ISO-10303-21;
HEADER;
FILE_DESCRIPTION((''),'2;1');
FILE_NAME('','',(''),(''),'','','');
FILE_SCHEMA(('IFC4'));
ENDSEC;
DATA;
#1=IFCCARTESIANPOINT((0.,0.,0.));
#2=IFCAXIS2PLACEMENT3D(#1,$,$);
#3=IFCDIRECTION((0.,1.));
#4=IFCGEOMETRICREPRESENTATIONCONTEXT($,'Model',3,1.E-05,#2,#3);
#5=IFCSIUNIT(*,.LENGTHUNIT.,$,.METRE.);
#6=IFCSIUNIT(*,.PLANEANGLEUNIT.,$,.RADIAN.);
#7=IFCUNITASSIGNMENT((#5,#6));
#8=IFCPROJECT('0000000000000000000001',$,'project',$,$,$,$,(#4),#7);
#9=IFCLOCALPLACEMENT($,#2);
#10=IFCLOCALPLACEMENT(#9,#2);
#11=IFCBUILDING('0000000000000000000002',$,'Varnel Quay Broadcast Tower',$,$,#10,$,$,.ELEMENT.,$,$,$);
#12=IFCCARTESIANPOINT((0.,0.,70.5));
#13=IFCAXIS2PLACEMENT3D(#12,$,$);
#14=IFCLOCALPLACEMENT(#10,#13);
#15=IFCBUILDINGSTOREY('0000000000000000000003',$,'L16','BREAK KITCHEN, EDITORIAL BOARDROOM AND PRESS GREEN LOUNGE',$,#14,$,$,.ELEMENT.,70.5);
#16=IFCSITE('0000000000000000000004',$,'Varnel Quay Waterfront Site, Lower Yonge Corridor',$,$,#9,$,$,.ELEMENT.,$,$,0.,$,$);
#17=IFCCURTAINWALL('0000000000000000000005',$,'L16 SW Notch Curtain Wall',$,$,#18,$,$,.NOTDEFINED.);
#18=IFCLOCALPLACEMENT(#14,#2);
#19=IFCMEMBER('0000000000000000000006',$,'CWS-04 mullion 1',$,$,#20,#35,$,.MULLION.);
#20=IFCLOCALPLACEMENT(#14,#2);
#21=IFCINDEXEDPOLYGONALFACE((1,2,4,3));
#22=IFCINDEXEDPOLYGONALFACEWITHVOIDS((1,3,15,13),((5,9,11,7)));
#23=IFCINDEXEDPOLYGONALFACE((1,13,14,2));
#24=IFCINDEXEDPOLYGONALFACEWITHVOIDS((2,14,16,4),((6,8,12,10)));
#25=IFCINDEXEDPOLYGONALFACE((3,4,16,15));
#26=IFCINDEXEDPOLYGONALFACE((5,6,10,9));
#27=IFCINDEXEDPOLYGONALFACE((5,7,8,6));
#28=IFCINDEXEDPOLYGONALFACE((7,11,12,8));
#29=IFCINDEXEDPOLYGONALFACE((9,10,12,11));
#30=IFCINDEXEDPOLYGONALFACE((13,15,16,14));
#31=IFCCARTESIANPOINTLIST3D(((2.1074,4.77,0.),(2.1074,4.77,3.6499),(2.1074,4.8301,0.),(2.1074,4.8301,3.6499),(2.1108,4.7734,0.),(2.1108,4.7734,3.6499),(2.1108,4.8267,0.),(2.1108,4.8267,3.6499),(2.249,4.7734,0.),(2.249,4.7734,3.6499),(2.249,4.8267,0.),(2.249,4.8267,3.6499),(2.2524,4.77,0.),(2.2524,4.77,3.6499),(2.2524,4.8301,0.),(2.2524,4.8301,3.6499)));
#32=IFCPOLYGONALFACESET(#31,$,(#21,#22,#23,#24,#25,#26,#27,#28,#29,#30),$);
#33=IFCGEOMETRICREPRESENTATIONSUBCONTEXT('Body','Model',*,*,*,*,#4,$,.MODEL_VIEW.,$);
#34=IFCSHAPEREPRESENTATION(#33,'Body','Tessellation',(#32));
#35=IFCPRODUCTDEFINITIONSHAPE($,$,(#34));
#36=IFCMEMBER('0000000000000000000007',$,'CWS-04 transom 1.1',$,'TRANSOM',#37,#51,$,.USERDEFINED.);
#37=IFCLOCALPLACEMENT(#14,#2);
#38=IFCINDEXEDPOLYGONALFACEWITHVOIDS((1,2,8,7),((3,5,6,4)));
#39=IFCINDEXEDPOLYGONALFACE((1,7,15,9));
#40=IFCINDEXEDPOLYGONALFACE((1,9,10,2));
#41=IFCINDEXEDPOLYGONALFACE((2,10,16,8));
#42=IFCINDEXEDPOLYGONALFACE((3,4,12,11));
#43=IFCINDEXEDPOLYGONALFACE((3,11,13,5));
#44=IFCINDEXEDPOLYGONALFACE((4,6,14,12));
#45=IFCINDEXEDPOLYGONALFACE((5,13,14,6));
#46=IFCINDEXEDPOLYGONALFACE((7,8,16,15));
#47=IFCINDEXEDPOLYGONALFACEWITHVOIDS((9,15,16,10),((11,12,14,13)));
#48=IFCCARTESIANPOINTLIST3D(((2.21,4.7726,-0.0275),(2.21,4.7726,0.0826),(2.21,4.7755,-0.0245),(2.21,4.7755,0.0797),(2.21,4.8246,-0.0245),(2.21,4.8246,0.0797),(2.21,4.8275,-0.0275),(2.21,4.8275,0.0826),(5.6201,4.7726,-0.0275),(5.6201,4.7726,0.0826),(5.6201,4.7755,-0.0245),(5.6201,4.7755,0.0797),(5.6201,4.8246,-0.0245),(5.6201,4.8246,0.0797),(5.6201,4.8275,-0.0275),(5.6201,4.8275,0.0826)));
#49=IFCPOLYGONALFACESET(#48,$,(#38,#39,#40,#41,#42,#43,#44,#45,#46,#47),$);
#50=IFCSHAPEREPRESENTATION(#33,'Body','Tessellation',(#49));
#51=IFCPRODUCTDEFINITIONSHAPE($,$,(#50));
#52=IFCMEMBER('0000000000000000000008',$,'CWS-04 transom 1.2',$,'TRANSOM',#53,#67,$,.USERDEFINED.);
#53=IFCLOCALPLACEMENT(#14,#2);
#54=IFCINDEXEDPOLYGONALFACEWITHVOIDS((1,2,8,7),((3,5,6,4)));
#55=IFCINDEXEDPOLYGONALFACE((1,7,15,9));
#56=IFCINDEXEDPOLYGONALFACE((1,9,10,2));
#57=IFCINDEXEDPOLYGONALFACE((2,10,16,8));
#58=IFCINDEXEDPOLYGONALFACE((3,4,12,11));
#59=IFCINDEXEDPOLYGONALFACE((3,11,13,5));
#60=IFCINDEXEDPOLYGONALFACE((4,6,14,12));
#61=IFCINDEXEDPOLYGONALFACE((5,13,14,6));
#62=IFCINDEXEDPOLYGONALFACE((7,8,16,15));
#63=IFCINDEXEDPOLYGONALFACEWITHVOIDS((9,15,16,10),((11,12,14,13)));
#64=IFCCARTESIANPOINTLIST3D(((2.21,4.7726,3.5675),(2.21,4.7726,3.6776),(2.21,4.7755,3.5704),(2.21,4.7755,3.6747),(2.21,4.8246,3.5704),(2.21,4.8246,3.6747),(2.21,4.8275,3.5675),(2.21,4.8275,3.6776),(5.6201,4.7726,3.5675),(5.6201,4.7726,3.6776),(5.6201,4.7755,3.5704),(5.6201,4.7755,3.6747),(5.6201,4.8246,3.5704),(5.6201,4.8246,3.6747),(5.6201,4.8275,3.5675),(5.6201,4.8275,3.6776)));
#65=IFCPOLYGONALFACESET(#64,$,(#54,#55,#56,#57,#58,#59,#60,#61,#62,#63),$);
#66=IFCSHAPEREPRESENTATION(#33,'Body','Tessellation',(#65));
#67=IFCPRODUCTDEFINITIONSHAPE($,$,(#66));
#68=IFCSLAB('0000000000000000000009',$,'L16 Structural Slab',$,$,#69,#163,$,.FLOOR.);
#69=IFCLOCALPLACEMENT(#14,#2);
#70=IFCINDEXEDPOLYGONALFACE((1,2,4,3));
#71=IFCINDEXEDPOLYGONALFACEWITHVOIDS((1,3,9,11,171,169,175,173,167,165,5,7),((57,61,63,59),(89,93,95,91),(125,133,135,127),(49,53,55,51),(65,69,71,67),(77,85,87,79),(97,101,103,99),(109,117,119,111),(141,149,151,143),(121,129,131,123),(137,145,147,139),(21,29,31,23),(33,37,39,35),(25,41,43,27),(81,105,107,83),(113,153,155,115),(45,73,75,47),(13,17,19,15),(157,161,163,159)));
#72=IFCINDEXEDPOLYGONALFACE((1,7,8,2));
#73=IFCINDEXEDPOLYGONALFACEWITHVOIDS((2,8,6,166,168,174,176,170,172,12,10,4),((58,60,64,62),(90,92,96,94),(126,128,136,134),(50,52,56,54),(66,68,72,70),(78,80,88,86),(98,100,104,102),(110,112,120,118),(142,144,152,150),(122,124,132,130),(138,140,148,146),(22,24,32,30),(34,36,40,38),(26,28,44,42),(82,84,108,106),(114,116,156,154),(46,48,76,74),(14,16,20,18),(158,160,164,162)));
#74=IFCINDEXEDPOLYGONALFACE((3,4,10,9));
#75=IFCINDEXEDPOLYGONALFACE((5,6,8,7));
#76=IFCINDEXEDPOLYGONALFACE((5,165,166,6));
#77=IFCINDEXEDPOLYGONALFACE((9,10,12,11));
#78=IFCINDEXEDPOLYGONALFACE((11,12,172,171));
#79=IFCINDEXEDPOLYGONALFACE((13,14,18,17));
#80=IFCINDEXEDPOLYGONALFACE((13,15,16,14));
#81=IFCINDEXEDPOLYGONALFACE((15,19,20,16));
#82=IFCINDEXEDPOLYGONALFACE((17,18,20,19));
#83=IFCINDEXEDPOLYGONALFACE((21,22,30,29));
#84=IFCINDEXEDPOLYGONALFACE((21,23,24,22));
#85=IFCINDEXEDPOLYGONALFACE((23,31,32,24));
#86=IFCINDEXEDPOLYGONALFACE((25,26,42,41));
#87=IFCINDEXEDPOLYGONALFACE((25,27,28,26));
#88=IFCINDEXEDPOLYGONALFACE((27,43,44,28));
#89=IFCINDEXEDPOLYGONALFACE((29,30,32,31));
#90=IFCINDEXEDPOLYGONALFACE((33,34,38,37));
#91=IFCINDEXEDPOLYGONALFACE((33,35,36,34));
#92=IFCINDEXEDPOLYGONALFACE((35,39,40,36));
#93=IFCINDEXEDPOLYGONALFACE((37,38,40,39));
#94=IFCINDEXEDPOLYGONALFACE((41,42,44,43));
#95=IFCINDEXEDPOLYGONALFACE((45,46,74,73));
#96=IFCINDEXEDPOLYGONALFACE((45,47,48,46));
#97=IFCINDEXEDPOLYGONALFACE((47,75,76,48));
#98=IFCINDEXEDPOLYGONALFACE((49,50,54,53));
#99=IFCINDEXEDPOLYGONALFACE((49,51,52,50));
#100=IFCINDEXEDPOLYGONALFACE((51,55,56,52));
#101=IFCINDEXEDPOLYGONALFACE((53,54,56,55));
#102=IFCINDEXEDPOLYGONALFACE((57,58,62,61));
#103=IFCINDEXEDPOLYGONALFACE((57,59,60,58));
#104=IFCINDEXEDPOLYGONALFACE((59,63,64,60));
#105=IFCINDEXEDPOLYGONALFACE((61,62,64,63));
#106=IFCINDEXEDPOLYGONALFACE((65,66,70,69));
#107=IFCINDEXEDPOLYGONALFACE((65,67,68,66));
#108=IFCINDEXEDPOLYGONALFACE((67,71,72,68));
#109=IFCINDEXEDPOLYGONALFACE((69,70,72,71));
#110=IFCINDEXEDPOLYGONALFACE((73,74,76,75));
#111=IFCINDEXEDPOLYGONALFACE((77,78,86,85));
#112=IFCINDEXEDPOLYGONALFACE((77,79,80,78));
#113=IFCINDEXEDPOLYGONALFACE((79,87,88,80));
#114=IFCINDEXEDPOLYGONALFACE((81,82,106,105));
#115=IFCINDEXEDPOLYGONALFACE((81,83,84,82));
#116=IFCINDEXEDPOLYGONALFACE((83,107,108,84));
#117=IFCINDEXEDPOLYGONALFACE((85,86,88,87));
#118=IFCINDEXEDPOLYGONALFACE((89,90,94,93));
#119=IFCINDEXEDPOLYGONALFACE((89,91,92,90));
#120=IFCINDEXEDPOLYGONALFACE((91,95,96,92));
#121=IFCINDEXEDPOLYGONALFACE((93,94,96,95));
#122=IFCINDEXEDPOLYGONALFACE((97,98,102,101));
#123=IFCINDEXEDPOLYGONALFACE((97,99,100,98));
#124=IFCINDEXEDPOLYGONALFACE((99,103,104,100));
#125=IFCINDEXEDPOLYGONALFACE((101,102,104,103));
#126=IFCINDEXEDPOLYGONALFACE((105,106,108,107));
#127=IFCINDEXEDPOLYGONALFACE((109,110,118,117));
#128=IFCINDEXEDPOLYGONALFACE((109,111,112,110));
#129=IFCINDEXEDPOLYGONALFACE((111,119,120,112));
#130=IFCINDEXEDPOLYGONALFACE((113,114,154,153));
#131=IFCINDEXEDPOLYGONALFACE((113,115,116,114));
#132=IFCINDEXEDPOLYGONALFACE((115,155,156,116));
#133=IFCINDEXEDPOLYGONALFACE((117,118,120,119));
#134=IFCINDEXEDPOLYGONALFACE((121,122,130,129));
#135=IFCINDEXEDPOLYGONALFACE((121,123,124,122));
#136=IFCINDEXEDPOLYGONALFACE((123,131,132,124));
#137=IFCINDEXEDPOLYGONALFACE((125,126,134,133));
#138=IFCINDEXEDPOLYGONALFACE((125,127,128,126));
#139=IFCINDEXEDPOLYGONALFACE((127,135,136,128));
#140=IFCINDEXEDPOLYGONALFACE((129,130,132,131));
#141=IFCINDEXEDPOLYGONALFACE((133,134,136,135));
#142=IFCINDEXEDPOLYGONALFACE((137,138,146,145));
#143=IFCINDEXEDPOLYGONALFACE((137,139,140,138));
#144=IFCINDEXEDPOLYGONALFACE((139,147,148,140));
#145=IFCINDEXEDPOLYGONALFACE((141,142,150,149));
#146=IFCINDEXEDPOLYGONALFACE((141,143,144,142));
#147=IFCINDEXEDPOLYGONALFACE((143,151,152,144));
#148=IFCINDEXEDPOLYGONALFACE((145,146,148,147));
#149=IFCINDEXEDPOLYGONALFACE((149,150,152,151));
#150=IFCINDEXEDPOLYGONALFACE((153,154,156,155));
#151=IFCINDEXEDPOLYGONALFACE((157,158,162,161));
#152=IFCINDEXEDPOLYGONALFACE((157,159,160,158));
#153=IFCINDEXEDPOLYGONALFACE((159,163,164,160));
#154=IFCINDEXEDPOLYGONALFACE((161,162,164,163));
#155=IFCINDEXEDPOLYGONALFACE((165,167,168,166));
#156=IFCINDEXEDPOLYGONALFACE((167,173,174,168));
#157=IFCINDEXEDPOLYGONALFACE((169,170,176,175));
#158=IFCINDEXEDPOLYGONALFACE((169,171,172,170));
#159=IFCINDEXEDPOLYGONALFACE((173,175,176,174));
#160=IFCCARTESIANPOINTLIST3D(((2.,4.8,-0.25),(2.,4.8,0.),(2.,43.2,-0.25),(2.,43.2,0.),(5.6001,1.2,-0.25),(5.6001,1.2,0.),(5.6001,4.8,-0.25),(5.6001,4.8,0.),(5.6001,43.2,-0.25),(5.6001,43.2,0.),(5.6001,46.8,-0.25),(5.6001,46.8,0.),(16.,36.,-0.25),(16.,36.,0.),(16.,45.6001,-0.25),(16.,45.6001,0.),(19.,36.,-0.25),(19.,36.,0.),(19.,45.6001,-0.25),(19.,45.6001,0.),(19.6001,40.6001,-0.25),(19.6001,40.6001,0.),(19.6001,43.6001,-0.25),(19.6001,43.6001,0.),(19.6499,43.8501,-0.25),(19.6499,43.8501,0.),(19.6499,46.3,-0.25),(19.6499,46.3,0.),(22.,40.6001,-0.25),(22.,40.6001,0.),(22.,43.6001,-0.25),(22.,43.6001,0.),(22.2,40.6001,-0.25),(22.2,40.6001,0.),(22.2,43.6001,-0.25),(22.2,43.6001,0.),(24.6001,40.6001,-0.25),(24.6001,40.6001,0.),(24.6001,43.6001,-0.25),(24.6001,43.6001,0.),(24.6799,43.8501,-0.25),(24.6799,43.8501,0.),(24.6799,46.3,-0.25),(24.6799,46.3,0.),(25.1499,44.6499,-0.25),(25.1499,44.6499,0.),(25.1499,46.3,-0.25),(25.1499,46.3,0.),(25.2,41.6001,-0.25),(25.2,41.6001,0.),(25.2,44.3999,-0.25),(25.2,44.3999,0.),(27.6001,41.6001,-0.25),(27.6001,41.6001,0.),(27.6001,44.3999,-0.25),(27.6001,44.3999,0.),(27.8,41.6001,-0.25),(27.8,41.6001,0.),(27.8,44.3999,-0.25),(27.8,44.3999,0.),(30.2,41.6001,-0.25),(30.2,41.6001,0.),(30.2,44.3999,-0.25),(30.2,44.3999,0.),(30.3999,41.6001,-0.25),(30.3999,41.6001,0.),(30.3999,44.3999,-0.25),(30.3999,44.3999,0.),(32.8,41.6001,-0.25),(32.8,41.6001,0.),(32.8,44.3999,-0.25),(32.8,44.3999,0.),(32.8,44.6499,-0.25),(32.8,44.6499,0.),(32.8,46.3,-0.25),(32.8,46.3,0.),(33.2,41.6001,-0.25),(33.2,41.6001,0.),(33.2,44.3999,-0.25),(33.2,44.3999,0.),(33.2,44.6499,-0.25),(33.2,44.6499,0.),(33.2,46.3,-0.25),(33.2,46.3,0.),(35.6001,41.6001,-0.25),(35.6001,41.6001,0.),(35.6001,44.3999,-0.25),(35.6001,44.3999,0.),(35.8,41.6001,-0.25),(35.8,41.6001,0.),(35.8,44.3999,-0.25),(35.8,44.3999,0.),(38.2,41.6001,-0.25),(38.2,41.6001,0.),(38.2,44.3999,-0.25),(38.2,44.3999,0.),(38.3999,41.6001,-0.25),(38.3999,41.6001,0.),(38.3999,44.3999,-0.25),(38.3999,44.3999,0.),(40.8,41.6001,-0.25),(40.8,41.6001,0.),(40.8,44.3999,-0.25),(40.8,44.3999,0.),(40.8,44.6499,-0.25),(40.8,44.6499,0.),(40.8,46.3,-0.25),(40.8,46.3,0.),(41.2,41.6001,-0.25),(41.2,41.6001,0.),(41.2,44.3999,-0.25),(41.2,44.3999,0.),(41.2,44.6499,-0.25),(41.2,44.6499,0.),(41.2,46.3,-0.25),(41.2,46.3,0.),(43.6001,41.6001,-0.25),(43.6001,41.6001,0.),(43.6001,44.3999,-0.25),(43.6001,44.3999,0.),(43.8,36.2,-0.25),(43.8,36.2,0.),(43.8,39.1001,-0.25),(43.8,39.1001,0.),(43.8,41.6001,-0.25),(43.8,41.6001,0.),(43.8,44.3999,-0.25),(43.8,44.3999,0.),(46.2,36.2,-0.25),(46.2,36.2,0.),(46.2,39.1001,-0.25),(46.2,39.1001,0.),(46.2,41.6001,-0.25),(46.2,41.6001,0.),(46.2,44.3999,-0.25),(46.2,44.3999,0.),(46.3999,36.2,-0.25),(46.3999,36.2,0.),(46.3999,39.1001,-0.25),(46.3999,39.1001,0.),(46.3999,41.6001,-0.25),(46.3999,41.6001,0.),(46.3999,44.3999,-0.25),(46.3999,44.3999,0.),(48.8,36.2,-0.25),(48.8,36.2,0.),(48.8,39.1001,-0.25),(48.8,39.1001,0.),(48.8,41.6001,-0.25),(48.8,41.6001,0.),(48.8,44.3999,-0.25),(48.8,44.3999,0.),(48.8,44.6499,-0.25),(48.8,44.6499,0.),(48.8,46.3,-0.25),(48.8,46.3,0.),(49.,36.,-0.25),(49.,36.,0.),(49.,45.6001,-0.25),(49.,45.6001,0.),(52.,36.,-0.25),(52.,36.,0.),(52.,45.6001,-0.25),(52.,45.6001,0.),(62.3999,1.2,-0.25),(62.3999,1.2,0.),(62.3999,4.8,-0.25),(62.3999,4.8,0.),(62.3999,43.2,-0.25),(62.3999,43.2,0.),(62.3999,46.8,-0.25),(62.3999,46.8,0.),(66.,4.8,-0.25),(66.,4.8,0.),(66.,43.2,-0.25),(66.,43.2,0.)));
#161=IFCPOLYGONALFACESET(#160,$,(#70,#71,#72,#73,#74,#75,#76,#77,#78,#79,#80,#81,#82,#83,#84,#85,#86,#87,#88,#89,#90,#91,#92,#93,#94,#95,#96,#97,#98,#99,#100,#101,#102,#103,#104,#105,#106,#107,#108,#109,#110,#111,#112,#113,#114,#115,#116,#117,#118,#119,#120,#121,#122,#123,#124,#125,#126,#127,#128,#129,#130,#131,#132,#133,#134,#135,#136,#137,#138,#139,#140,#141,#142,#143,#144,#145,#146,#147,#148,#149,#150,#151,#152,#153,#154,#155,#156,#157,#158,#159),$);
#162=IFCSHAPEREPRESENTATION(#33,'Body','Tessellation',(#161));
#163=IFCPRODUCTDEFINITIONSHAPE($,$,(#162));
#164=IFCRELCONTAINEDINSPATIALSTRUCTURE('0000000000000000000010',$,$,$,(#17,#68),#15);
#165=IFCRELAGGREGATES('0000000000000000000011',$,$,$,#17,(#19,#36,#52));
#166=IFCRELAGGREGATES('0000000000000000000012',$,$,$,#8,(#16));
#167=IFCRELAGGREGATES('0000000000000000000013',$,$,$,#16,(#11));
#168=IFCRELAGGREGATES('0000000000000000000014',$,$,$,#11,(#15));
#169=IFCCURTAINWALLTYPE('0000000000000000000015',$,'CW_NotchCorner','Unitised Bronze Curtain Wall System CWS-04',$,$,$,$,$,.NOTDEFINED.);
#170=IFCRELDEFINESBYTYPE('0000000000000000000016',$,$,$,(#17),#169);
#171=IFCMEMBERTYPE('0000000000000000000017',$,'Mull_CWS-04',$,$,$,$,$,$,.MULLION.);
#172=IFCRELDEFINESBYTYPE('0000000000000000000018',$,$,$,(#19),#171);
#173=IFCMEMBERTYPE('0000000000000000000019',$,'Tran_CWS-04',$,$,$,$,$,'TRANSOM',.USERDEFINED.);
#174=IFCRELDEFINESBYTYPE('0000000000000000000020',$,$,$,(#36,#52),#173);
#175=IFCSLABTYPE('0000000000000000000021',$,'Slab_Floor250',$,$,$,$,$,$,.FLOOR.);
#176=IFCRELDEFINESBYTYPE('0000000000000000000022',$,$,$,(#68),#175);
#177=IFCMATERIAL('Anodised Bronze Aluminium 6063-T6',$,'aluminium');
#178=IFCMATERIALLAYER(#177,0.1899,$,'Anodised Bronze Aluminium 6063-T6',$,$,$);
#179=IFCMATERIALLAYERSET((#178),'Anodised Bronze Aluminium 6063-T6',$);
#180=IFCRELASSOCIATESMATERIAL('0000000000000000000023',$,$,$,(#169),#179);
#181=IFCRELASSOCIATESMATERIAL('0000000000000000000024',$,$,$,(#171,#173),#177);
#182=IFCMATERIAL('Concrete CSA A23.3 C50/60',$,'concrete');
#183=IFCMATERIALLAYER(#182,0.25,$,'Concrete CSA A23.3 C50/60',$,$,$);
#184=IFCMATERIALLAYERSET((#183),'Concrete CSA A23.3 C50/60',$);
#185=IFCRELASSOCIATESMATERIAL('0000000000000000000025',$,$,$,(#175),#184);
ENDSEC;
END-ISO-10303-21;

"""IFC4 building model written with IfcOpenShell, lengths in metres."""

from ifc_helpers import new_model, si_unit, direction, frame, origin, origin_2d, place, context, subcontext, project, spatial, polyline, hollow_rectangle, outline, extrude, source, transform, mapped, material, layer, layer_set, material_profile, profile_set, type_object, type_shapes, element, aggregate, save


model = new_model("IFC4")

# Units and contexts
model_context = context("Model", 3, precision=1e-05, world=origin(), true_north=direction((0.0, 1.0)))
body_context = subcontext(model_context, "Body", "Model", "MODEL_VIEW")
ifc_project = project(units=[si_unit("LENGTHUNIT", "METRE"), si_unit("PLANEANGLEUNIT", "RADIAN")], contexts=[model_context])

# Site, building, storey
site_placement = place(None, origin())
site = spatial("IfcSite", under=ifc_project, at=site_placement, Name="Varnel Quay Waterfront Site, Lower Yonge Corridor", CompositionType="ELEMENT", RefElevation=0.0)
building_placement = place(site_placement, origin())
building = spatial("IfcBuilding", under=site, at=building_placement, Name="Varnel Quay Broadcast Tower", CompositionType="ELEMENT")
storey_placement = place(building_placement, frame((0.0, 0.0, 70.5)))
storey = spatial("IfcBuildingStorey", under=building, at=storey_placement, Name="L16", Description="BREAK KITCHEN, EDITORIAL BOARDROOM AND PRESS GREEN LOUNGE", CompositionType="ELEMENT", Elevation=70.5)

# Curtain wall, members
ifc_material_1 = material(Name="Anodised Bronze Aluminium 6063-T6", Category="aluminium")
ifc_layer_1 = layer(ifc_material_1, 0.1899, Name="Anodised Bronze Aluminium 6063-T6")
ifc_layer_set_1 = layer_set([ifc_layer_1], Name="Anodised Bronze Aluminium 6063-T6")
curtain_wall_type_1 = type_object("IfcCurtainWallType", Name="CW_NotchCorner", Description="Unitised Bronze Curtain Wall System CWS-04", PredefinedType="NOTDEFINED", material=ifc_layer_set_1)
curtain_wall_1_placement = place(storey_placement, origin())
curtain_wall_1 = element("IfcCurtainWall", 1, at=curtain_wall_1_placement, inside=storey, type_object=curtain_wall_type_1, Name="L16 SW Notch Curtain Wall", PredefinedType="NOTDEFINED")
ifc_material_profile_1 = material_profile(ifc_material_1, hollow_rectangle(XDim=0.0601, YDim=0.145, WallThickness=0.0034, at=origin_2d()), Name="ALU60X145X3.5")
ifc_profile_set_1 = profile_set([ifc_material_profile_1], Name="Anodised Bronze Aluminium 6063-T6")
member_type_1 = type_object("IfcMemberType", Name="Mull_CWS-04", PredefinedType="MULLION", material=ifc_profile_set_1)
shared_shape_1 = source(origin(), body_context, "Body", "SweptSolid", [
    extrude(hollow_rectangle(XDim=0.0601, YDim=0.145, WallThickness=0.0034, at=origin_2d()), origin(), (0.0, 0.0, 1.0), 3.6499),
])
type_shapes(member_type_1, [shared_shape_1])
member_1_placement = place(storey_placement, frame((2.1799, 4.8, 0.0), z_axis=(0.0, 0.0, 1.0), x_axis=(0.0, 1.0, 0.0)))
member_1 = element("IfcMember", 2, at=member_1_placement, type_object=member_type_1, Name="CWS-04 mullion 1", PredefinedType="MULLION", context=body_context, shape_type="MappedRepresentation", body=[
    mapped(shared_shape_1, transform((0.0, 0.0, 0.0), x_axis=(1.0, 0.0, 0.0), y_axis=(0.0, 1.0, 0.0), z_axis=(0.0, 0.0, 1.0), scale=1.0)),
])
ifc_material_profile_2 = material_profile(ifc_material_1, hollow_rectangle(XDim=0.0549, YDim=0.1101, WallThickness=0.0029, at=origin_2d()), Name="ALU55X110X3")
ifc_profile_set_2 = profile_set([ifc_material_profile_2], Name="Anodised Bronze Aluminium 6063-T6")
member_type_2 = type_object("IfcMemberType", Name="Tran_CWS-04", ElementType="TRANSOM", PredefinedType="USERDEFINED", material=ifc_profile_set_2)
shared_shape_2 = source(origin(), body_context, "Body", "SweptSolid", [
    extrude(hollow_rectangle(XDim=0.0549, YDim=0.1101, WallThickness=0.0029, at=origin_2d()), origin(), (0.0, 0.0, 1.0), 3.4102),
])
type_shapes(member_type_2, [shared_shape_2])
member_2_placement = place(storey_placement, frame((2.21, 4.8, 0.0276), z_axis=(1.0, 0.0, 0.0), x_axis=(0.0, 1.0, 0.0)))
member_2 = element("IfcMember", 3, at=member_2_placement, type_object=member_type_2, Name="CWS-04 transom 1.1", ObjectType="TRANSOM", PredefinedType="USERDEFINED", context=body_context, shape_type="MappedRepresentation", body=[
    mapped(shared_shape_2, transform((0.0, 0.0, 0.0), x_axis=(1.0, 0.0, 0.0), y_axis=(0.0, 1.0, 0.0), z_axis=(0.0, 0.0, 1.0), scale=1.0)),
])
member_3_placement = place(storey_placement, frame((2.21, 4.8, 3.6226), z_axis=(1.0, 0.0, 0.0), x_axis=(0.0, 1.0, 0.0)))
member_3 = element("IfcMember", 4, at=member_3_placement, type_object=member_type_2, Name="CWS-04 transom 1.2", ObjectType="TRANSOM", PredefinedType="USERDEFINED", context=body_context, shape_type="MappedRepresentation", body=[
    mapped(shared_shape_2, transform((0.0, 0.0, 0.0), x_axis=(1.0, 0.0, 0.0), y_axis=(0.0, 1.0, 0.0), z_axis=(0.0, 0.0, 1.0), scale=1.0)),
])
aggregate(curtain_wall_1, [member_1, member_2, member_3])

# Slab
ifc_material_2 = material(Name="Concrete CSA A23.3 C50/60", Category="concrete")
ifc_layer_2 = layer(ifc_material_2, 0.25, Name="Concrete CSA A23.3 C50/60")
ifc_layer_set_2 = layer_set([ifc_layer_2], Name="Concrete CSA A23.3 C50/60")
slab_type_1 = type_object("IfcSlabType", Name="Slab_Floor250", PredefinedType="FLOOR", material=ifc_layer_set_2)
slab_1_placement = place(storey_placement, frame((0.0, 0.0, -0.25)))
element("IfcSlab", 5, at=slab_1_placement, inside=storey, type_object=slab_type_1, Name="L16 Structural Slab", PredefinedType="FLOOR", context=body_context, shape_type="SweptSolid", body=[
    extrude(outline(polyline([(5.6001, 1.2), (62.3999, 1.2), (62.3999, 4.8), (66.0, 4.8), (66.0, 43.2), (62.3999, 43.2), (62.3999, 46.8), (5.6001, 46.8), (5.6001, 43.2), (2.0, 43.2), (2.0, 4.8), (5.6001, 4.8), (5.6001, 1.2)]), holes=[polyline([(16.0, 36.0), (16.0, 45.6001), (19.0, 45.6001), (19.0, 36.0), (16.0, 36.0)]), polyline([(19.6001, 43.6001), (22.0, 43.6001), (22.0, 40.6001), (19.6001, 40.6001), (19.6001, 43.6001)]), polyline([(22.2, 43.6001), (24.6001, 43.6001), (24.6001, 40.6001), (22.2, 40.6001), (22.2, 43.6001)]), polyline([(25.2, 44.3999), (27.6001, 44.3999), (27.6001, 41.6001), (25.2, 41.6001), (25.2, 44.3999)]), polyline([(27.8, 44.3999), (30.2, 44.3999), (30.2, 41.6001), (27.8, 41.6001), (27.8, 44.3999)]), polyline([(30.3999, 44.3999), (32.8, 44.3999), (32.8, 41.6001), (30.3999, 41.6001), (30.3999, 44.3999)]), polyline([(33.2, 44.3999), (35.6001, 44.3999), (35.6001, 41.6001), (33.2, 41.6001), (33.2, 44.3999)]), polyline([(38.2, 44.3999), (38.2, 41.6001), (35.8, 41.6001), (35.8, 44.3999), (38.2, 44.3999)]), polyline([(24.6799, 46.3), (24.6799, 43.8501), (19.6499, 43.8501), (19.6499, 46.3), (24.6799, 46.3)]), polyline([(25.1499, 46.3), (32.8, 46.3), (32.8, 44.6499), (25.1499, 44.6499), (25.1499, 46.3)]), polyline([(43.8, 39.1001), (46.2, 39.1001), (46.2, 36.2), (43.8, 36.2), (43.8, 39.1001)]), polyline([(46.3999, 39.1001), (48.8, 39.1001), (48.8, 36.2), (46.3999, 36.2), (46.3999, 39.1001)]), polyline([(49.0, 45.6001), (52.0, 45.6001), (52.0, 36.0), (49.0, 36.0), (49.0, 45.6001)]), polyline([(40.8, 44.3999), (40.8, 41.6001), (38.3999, 41.6001), (38.3999, 44.3999), (40.8, 44.3999)]), polyline([(41.2, 44.3999), (43.6001, 44.3999), (43.6001, 41.6001), (41.2, 41.6001), (41.2, 44.3999)]), polyline([(43.8, 44.3999), (46.2, 44.3999), (46.2, 41.6001), (43.8, 41.6001), (43.8, 44.3999)]), polyline([(46.3999, 44.3999), (48.8, 44.3999), (48.8, 41.6001), (46.3999, 41.6001), (46.3999, 44.3999)]), polyline([(40.8, 46.3), (40.8, 44.6499), (33.2, 44.6499), (33.2, 46.3), (40.8, 46.3)]), polyline([(48.8, 46.3), (48.8, 44.6499), (41.2, 44.6499), (41.2, 46.3), (48.8, 46.3)])]), origin(), (0.0, 0.0, 1.0), 0.25),
])

save(model, "model.ifc")
